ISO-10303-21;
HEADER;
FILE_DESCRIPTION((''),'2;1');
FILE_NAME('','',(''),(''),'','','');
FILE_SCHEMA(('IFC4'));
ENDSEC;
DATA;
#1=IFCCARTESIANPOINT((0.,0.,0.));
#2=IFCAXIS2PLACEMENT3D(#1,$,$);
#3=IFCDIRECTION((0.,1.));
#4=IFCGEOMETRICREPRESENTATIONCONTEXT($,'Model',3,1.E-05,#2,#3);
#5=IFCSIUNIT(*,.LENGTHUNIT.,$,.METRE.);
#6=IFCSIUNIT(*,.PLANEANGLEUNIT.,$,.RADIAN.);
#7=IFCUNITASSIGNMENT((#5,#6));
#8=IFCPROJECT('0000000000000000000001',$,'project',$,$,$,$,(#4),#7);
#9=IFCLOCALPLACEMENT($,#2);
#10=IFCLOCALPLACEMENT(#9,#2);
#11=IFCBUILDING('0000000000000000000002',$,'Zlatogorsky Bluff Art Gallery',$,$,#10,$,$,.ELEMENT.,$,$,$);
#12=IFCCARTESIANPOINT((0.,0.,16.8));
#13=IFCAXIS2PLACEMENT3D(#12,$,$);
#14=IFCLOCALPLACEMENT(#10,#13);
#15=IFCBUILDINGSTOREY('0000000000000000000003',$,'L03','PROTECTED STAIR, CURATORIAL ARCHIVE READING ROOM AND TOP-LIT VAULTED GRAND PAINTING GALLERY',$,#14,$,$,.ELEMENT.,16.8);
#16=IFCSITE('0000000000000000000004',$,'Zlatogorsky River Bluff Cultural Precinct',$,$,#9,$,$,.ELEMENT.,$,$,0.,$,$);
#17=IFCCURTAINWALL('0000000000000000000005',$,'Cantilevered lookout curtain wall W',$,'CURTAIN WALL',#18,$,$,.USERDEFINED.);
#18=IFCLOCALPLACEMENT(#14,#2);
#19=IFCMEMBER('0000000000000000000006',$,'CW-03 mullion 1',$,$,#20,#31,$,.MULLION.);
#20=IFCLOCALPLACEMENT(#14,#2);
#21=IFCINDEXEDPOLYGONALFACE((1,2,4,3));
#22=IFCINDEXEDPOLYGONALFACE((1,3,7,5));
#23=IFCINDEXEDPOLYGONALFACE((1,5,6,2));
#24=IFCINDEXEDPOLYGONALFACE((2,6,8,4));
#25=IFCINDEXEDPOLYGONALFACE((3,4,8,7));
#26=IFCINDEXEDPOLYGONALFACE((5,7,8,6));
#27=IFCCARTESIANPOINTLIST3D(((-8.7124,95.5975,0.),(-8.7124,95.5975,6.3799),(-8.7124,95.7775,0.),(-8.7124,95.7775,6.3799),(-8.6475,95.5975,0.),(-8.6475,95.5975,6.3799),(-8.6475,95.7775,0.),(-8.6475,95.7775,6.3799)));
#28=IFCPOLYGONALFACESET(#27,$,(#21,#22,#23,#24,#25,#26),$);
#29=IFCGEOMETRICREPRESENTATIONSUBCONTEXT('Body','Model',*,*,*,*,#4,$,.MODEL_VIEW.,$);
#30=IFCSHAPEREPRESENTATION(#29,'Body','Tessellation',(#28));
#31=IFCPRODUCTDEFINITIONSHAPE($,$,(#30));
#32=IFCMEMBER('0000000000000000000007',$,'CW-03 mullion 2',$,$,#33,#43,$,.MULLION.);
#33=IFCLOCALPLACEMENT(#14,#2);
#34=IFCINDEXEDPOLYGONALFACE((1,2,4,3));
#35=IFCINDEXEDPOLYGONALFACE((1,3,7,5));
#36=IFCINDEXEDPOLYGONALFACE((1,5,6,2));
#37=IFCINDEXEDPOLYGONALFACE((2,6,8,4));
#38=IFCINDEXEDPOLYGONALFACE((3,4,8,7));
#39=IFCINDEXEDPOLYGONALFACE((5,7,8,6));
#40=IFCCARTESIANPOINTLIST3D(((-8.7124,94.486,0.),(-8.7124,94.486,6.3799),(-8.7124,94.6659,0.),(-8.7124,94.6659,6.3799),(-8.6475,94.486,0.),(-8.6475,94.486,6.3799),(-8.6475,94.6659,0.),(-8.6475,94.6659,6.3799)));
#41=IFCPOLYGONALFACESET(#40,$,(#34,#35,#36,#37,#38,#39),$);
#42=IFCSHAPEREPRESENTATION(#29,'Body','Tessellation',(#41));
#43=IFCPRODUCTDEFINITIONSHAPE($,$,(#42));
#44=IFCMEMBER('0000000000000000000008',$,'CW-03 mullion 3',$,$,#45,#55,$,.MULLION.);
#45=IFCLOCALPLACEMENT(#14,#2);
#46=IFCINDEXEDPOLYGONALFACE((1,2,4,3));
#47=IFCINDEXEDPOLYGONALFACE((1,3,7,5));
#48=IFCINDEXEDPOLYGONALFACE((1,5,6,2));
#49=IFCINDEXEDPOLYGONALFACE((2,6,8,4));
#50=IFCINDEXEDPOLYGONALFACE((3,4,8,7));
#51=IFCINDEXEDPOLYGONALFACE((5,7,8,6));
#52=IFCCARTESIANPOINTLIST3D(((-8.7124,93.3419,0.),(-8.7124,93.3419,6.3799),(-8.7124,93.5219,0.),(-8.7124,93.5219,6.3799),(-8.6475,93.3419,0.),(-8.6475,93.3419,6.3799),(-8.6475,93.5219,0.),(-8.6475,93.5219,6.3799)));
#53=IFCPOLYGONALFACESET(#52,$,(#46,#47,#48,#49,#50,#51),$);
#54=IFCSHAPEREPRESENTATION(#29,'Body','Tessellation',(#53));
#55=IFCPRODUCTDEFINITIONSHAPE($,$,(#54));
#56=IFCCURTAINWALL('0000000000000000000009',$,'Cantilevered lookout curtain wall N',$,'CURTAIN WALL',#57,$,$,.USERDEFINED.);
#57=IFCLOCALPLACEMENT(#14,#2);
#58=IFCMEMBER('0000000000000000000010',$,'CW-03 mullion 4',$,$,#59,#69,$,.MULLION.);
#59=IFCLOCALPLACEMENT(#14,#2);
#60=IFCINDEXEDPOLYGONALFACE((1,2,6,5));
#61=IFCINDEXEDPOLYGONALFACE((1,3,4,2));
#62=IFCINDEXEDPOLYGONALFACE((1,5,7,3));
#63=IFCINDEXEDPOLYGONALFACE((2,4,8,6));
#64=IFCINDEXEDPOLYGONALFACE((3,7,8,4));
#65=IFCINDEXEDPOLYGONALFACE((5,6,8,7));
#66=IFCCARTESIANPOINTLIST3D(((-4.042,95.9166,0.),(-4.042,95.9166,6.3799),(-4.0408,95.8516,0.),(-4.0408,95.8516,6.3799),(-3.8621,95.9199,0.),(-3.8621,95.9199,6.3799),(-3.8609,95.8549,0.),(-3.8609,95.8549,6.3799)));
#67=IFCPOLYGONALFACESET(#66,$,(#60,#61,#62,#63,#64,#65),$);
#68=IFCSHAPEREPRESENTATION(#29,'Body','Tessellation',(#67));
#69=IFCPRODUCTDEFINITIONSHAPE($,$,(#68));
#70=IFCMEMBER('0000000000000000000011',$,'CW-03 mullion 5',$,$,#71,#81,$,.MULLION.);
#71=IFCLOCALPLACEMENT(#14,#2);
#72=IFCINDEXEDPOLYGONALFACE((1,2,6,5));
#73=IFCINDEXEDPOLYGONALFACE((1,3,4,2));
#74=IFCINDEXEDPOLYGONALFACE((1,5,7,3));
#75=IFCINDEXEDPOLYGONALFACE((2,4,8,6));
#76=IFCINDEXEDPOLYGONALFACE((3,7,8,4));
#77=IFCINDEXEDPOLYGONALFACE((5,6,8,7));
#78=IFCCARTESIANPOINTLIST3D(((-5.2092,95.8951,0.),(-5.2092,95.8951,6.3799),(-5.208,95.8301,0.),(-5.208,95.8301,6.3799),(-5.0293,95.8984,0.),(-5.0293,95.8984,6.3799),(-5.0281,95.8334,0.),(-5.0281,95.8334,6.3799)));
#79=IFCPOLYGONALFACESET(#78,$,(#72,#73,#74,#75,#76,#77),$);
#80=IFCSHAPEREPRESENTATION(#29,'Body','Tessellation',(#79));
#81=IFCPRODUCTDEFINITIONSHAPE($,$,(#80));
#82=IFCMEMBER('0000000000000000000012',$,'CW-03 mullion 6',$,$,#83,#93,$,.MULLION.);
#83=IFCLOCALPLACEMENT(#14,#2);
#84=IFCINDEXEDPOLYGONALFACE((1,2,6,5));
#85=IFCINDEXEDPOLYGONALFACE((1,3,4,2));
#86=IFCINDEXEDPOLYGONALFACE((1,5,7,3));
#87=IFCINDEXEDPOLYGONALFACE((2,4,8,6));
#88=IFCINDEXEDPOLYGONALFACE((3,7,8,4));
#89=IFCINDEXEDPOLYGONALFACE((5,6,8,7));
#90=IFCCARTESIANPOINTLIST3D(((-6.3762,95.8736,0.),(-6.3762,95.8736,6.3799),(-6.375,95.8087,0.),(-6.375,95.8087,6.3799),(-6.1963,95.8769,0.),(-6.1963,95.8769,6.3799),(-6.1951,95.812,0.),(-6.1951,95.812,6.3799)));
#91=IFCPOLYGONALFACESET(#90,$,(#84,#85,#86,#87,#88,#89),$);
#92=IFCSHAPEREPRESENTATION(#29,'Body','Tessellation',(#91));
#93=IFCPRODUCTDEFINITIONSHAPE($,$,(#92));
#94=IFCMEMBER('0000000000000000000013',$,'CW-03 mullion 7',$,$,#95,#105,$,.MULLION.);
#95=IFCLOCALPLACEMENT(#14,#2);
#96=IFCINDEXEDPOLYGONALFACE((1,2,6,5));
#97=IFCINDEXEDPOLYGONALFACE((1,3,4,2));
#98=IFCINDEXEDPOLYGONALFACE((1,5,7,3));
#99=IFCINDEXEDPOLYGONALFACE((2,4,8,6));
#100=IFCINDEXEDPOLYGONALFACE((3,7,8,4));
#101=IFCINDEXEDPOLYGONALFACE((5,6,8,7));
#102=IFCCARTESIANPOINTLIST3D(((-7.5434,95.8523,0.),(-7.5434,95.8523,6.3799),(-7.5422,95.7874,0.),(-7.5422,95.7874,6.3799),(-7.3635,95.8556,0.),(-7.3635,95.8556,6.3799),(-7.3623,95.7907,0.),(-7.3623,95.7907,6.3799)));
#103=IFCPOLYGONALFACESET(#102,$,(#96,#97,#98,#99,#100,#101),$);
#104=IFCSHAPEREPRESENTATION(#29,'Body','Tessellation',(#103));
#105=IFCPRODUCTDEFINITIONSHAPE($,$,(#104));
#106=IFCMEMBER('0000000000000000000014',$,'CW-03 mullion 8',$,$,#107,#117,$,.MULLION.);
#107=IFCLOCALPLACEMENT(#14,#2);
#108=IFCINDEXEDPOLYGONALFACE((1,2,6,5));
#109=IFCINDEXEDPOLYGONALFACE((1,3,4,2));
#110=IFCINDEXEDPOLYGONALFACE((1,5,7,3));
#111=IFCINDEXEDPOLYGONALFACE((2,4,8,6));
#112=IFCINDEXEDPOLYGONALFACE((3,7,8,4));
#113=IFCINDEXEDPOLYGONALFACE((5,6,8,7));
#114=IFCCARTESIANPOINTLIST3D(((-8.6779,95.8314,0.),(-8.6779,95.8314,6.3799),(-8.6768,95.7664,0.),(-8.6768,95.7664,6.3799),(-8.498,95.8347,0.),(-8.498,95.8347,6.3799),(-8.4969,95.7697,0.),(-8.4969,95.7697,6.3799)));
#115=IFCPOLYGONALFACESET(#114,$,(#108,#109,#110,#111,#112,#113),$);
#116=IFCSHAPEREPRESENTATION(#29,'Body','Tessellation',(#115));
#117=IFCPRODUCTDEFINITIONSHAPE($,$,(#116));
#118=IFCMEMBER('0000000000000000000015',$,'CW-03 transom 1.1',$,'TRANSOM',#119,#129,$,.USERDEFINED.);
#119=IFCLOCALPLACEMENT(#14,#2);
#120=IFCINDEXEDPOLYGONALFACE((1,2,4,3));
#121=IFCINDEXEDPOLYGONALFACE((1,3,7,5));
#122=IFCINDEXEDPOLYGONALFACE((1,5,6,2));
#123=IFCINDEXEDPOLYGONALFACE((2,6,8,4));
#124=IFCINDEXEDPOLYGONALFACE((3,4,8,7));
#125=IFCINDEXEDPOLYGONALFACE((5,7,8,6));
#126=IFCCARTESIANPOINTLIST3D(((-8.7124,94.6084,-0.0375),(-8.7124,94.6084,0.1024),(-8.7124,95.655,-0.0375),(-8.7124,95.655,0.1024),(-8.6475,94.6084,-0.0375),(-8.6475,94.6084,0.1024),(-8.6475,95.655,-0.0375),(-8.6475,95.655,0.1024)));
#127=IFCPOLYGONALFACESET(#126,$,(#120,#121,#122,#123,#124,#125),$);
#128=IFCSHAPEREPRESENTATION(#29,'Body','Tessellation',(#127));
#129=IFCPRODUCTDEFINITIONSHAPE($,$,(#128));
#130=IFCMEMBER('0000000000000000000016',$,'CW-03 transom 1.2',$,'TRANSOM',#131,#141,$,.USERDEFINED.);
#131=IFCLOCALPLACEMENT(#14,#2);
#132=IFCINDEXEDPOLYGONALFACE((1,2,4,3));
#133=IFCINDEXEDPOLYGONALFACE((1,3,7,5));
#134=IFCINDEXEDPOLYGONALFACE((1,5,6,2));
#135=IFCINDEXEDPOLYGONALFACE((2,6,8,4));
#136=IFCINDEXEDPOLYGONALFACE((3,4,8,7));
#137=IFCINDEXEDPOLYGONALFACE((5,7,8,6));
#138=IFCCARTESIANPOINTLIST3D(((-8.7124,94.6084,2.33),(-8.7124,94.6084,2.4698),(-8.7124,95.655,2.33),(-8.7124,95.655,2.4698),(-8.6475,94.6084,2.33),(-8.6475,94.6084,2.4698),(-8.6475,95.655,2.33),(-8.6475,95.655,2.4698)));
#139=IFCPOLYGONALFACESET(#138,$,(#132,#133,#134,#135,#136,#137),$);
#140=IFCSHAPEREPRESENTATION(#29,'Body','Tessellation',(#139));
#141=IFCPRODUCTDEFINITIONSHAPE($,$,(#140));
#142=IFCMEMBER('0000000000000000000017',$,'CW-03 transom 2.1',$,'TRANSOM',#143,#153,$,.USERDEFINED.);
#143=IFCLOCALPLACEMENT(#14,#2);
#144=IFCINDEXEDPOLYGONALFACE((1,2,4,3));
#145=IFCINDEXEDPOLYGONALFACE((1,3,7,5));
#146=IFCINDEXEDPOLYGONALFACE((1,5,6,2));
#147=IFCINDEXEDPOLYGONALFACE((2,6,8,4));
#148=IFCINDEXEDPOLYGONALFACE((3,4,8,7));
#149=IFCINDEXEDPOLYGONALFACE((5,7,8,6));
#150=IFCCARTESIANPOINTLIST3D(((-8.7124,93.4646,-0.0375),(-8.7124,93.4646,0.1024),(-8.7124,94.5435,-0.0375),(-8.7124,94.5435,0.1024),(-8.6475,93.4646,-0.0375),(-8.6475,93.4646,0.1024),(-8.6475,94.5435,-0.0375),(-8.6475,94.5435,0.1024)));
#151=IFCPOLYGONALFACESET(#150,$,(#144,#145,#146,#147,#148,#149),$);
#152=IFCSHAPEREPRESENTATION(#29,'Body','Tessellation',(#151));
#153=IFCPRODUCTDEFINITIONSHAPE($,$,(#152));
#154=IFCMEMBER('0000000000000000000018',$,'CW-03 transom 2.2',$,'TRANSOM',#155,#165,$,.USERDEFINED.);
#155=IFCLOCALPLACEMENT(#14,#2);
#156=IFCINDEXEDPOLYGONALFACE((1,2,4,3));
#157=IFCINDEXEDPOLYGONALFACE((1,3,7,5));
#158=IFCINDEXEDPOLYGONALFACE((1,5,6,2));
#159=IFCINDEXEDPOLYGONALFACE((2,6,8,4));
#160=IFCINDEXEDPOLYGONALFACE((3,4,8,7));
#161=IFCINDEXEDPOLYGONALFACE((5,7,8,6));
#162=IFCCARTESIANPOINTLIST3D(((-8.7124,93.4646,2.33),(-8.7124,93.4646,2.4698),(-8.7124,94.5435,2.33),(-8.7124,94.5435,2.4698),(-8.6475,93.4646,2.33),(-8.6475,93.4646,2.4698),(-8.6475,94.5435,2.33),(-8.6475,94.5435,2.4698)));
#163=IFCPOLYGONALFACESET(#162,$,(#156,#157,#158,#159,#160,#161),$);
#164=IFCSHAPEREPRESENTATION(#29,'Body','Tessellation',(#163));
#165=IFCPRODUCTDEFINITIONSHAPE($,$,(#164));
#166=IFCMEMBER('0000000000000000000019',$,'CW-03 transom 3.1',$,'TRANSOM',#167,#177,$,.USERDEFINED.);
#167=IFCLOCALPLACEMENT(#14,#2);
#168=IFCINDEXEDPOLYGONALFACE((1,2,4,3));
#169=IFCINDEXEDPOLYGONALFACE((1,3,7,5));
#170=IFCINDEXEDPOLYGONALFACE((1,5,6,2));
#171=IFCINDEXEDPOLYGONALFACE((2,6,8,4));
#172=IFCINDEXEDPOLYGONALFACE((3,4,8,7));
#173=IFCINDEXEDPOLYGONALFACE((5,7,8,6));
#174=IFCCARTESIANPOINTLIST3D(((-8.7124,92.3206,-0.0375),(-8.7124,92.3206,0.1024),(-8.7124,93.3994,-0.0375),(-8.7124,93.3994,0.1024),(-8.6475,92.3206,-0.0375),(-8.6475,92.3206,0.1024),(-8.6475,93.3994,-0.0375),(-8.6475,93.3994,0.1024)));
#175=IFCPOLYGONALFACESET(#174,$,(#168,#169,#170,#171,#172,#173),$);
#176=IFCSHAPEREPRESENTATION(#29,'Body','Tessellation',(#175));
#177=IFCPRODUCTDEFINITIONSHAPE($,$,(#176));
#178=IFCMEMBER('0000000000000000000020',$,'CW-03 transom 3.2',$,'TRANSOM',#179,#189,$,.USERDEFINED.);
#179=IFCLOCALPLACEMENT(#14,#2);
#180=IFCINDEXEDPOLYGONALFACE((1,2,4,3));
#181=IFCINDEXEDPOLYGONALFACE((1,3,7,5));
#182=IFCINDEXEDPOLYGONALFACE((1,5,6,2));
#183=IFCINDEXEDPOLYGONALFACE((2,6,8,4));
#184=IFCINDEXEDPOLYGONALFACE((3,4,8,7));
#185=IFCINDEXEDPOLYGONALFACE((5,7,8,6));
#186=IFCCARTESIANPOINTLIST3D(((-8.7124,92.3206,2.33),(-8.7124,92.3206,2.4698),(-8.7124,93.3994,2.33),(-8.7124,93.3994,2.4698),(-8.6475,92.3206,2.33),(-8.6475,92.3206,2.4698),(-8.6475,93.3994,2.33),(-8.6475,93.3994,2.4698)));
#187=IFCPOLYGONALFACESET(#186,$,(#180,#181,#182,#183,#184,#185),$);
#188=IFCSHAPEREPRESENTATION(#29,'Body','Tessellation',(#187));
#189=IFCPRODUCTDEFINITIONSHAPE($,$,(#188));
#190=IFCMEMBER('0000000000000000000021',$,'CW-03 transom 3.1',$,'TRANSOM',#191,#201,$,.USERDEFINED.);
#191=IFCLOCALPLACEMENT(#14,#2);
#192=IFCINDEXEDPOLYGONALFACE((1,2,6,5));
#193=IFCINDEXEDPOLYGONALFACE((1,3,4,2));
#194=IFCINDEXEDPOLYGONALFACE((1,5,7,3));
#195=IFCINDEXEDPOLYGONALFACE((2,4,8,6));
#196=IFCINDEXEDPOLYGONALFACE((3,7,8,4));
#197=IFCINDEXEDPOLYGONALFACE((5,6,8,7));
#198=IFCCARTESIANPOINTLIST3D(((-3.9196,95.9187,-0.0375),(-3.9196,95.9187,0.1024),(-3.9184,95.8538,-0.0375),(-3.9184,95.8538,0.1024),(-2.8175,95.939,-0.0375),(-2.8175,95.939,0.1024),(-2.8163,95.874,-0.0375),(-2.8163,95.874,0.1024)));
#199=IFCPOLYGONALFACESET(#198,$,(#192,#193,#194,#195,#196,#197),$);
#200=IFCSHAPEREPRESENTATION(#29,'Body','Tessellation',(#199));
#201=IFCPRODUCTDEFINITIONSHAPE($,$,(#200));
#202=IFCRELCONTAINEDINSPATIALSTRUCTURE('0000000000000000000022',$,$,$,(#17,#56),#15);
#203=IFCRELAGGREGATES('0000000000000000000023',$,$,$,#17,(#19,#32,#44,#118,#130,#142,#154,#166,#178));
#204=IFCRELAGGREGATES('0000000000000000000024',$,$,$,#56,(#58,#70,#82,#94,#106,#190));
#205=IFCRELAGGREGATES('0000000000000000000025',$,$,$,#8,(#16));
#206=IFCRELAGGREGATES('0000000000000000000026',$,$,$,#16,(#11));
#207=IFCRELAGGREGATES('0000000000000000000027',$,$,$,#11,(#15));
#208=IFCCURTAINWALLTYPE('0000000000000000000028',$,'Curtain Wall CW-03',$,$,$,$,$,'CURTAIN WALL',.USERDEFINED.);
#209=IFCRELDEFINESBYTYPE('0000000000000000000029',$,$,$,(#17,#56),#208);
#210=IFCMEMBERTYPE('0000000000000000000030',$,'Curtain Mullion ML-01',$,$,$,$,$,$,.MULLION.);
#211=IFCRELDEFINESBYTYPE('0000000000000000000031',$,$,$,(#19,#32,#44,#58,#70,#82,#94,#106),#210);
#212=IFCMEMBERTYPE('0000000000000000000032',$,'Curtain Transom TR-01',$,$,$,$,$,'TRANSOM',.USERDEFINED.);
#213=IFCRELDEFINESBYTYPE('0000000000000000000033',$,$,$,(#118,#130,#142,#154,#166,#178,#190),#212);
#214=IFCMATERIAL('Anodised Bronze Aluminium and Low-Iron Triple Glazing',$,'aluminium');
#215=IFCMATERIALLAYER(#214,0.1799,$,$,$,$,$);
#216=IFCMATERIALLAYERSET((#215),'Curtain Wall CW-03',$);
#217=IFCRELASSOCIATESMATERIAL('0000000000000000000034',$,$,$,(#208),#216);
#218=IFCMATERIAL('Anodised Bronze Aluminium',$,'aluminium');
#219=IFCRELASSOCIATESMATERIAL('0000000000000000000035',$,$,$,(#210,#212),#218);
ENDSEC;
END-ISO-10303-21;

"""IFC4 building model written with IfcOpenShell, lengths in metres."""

from ifc_helpers import new_model, si_unit, direction, frame, origin, origin_2d, place, context, subcontext, project, spatial, rectangle, extrude, material, layer, layer_set, material_profile, profile_set, type_object, element, aggregate, save


model = new_model("IFC4")

# Units and contexts
model_context = context("Model", 3, precision=1e-05, world=origin(), true_north=direction((0.0, 1.0)))
body_context = subcontext(model_context, "Body", "Model", "MODEL_VIEW")
ifc_project = project(units=[si_unit("LENGTHUNIT", "METRE"), si_unit("PLANEANGLEUNIT", "RADIAN")], contexts=[model_context])

# Site, building, storey
site_placement = place(None, origin())
site = spatial("IfcSite", under=ifc_project, at=site_placement, Name="Zlatogorsky River Bluff Cultural Precinct", CompositionType="ELEMENT", RefElevation=0.0)
building_placement = place(site_placement, origin())
building = spatial("IfcBuilding", under=site, at=building_placement, Name="Zlatogorsky Bluff Art Gallery", CompositionType="ELEMENT")
storey_placement = place(building_placement, frame((0.0, 0.0, 16.8)))
storey = spatial("IfcBuildingStorey", under=building, at=storey_placement, Name="L03", Description="PROTECTED STAIR, CURATORIAL ARCHIVE READING ROOM AND TOP-LIT VAULTED GRAND PAINTING GALLERY", CompositionType="ELEMENT", Elevation=16.8)

# Curtain walls, members
ifc_material_1 = material(Name="Anodised Bronze Aluminium and Low-Iron Triple Glazing", Category="aluminium")
ifc_layer_1 = layer(ifc_material_1, 0.1799)
ifc_layer_set_1 = layer_set([ifc_layer_1], Name="Curtain Wall CW-03")
curtain_wall_type = type_object("IfcCurtainWallType", Name="Curtain Wall CW-03", ElementType="CURTAIN WALL", PredefinedType="USERDEFINED", material=ifc_layer_set_1)
curtain_wall_1_placement = place(storey_placement, origin())
curtain_wall_1 = element("IfcCurtainWall", 1, at=curtain_wall_1_placement, inside=storey, type_object=curtain_wall_type, Name="Cantilevered lookout curtain wall W", ObjectType="CURTAIN WALL", PredefinedType="USERDEFINED")
ifc_material_2 = material(Name="Anodised Bronze Aluminium", Category="aluminium")
ifc_material_profile_1 = material_profile(ifc_material_2, rectangle(XDim=0.0649, YDim=0.1799, at=origin_2d()), Name="ALU MULLION 65x180")
ifc_profile_set_1 = profile_set([ifc_material_profile_1], Name="Anodised Bronze Aluminium")
member_type_1 = type_object("IfcMemberType", Name="Curtain Mullion ML-01", PredefinedType="MULLION", material=ifc_profile_set_1)
member_1_placement = place(storey_placement, frame((-8.6799, 95.6875, 0.0), z_axis=(0.0, 0.0, 1.0), x_axis=(1.0, 0.0, 0.0)))
member_1 = element("IfcMember", 2, at=member_1_placement, type_object=member_type_1, Name="CW-03 mullion 1", PredefinedType="MULLION", context=body_context, shape_type="SweptSolid", body=[
    extrude(rectangle(XDim=0.0649, YDim=0.1799, at=origin_2d()), origin(), (0.0, 0.0, 1.0), 6.3799),
])
member_2_placement = place(storey_placement, frame((-8.6799, 94.5759, 0.0), z_axis=(0.0, 0.0, 1.0), x_axis=(1.0, 0.0, 0.0)))
member_2 = element("IfcMember", 3, at=member_2_placement, type_object=member_type_1, Name="CW-03 mullion 2", PredefinedType="MULLION", context=body_context, shape_type="SweptSolid", body=[
    extrude(rectangle(XDim=0.0649, YDim=0.1799, at=origin_2d()), origin(), (0.0, 0.0, 1.0), 6.3799),
])
member_3_placement = place(storey_placement, frame((-8.6799, 93.4319, 0.0), z_axis=(0.0, 0.0, 1.0), x_axis=(1.0, 0.0, 0.0)))
member_3 = element("IfcMember", 4, at=member_3_placement, type_object=member_type_1, Name="CW-03 mullion 3", PredefinedType="MULLION", context=body_context, shape_type="SweptSolid", body=[
    extrude(rectangle(XDim=0.0649, YDim=0.1799, at=origin_2d()), origin(), (0.0, 0.0, 1.0), 6.3799),
])
curtain_wall_2_placement = place(storey_placement, origin())
curtain_wall_2 = element("IfcCurtainWall", 5, at=curtain_wall_2_placement, inside=storey, type_object=curtain_wall_type, Name="Cantilevered lookout curtain wall N", ObjectType="CURTAIN WALL", PredefinedType="USERDEFINED")
member_4_placement = place(storey_placement, frame((-3.9514, 95.8857, 0.0), z_axis=(0.0, 0.0, 1.0), x_axis=(0.018357, -0.999832, 0.0)))
member_4 = element("IfcMember", 6, at=member_4_placement, type_object=member_type_1, Name="CW-03 mullion 4", PredefinedType="MULLION", context=body_context, shape_type="SweptSolid", body=[
    extrude(rectangle(XDim=0.0649, YDim=0.1799, at=origin_2d()), origin(), (0.0, 0.0, 1.0), 6.3799),
])
member_5_placement = place(storey_placement, frame((-5.1187, 95.8643, 0.0), z_axis=(0.0, 0.0, 1.0), x_axis=(0.018357, -0.999832, 0.0)))
member_5 = element("IfcMember", 7, at=member_5_placement, type_object=member_type_1, Name="CW-03 mullion 5", PredefinedType="MULLION", context=body_context, shape_type="SweptSolid", body=[
    extrude(rectangle(XDim=0.0649, YDim=0.1799, at=origin_2d()), origin(), (0.0, 0.0, 1.0), 6.3799),
])
member_6_placement = place(storey_placement, frame((-6.2856, 95.8428, 0.0), z_axis=(0.0, 0.0, 1.0), x_axis=(0.018357, -0.999832, 0.0)))
member_6 = element("IfcMember", 8, at=member_6_placement, type_object=member_type_1, Name="CW-03 mullion 6", PredefinedType="MULLION", context=body_context, shape_type="SweptSolid", body=[
    extrude(rectangle(XDim=0.0649, YDim=0.1799, at=origin_2d()), origin(), (0.0, 0.0, 1.0), 6.3799),
])
member_7_placement = place(storey_placement, frame((-7.4529, 95.8215, 0.0), z_axis=(0.0, 0.0, 1.0), x_axis=(0.018357, -0.999832, 0.0)))
member_7 = element("IfcMember", 9, at=member_7_placement, type_object=member_type_1, Name="CW-03 mullion 7", PredefinedType="MULLION", context=body_context, shape_type="SweptSolid", body=[
    extrude(rectangle(XDim=0.0649, YDim=0.1799, at=origin_2d()), origin(), (0.0, 0.0, 1.0), 6.3799),
])
member_8_placement = place(storey_placement, frame((-8.5874, 95.8005, 0.0), z_axis=(0.0, 0.0, 1.0), x_axis=(0.018357, -0.999832, 0.0)))
member_8 = element("IfcMember", 10, at=member_8_placement, type_object=member_type_1, Name="CW-03 mullion 8", PredefinedType="MULLION", context=body_context, shape_type="SweptSolid", body=[
    extrude(rectangle(XDim=0.0649, YDim=0.1799, at=origin_2d()), origin(), (0.0, 0.0, 1.0), 6.3799),
])

# Members
ifc_material_profile_2 = material_profile(ifc_material_2, rectangle(XDim=0.0649, YDim=0.1399, at=origin_2d()), Name="ALU TRANSOM 65x140")
ifc_profile_set_2 = profile_set([ifc_material_profile_2], Name="Anodised Bronze Aluminium")
member_type_2 = type_object("IfcMemberType", Name="Curtain Transom TR-01", ElementType="TRANSOM", PredefinedType="USERDEFINED", material=ifc_profile_set_2)
member_9_placement = place(storey_placement, frame((-8.6799, 95.655, 0.0325), z_axis=(0.0, -1.0, 0.0), x_axis=(1.0, 0.0, 0.0)))
member_9 = element("IfcMember", 11, at=member_9_placement, type_object=member_type_2, Name="CW-03 transom 1.1", ObjectType="TRANSOM", PredefinedType="USERDEFINED", context=body_context, shape_type="SweptSolid", body=[
    extrude(rectangle(XDim=0.0649, YDim=0.1399, at=origin_2d()), origin(), (0.0, 0.0, 1.0), 1.0466),
])
member_10_placement = place(storey_placement, frame((-8.6799, 95.655, 2.3999), z_axis=(0.0, -1.0, 0.0), x_axis=(1.0, 0.0, 0.0)))
member_10 = element("IfcMember", 12, at=member_10_placement, type_object=member_type_2, Name="CW-03 transom 1.2", ObjectType="TRANSOM", PredefinedType="USERDEFINED", context=body_context, shape_type="SweptSolid", body=[
    extrude(rectangle(XDim=0.0649, YDim=0.1399, at=origin_2d()), origin(), (0.0, 0.0, 1.0), 1.0466),
])
member_11_placement = place(storey_placement, frame((-8.6799, 94.5435, 0.0325), z_axis=(0.0, -1.0, 0.0), x_axis=(1.0, 0.0, 0.0)))
member_11 = element("IfcMember", 13, at=member_11_placement, type_object=member_type_2, Name="CW-03 transom 2.1", ObjectType="TRANSOM", PredefinedType="USERDEFINED", context=body_context, shape_type="SweptSolid", body=[
    extrude(rectangle(XDim=0.0649, YDim=0.1399, at=origin_2d()), origin(), (0.0, 0.0, 1.0), 1.0789),
])
member_12_placement = place(storey_placement, frame((-8.6799, 94.5435, 2.3999), z_axis=(0.0, -1.0, 0.0), x_axis=(1.0, 0.0, 0.0)))
member_12 = element("IfcMember", 14, at=member_12_placement, type_object=member_type_2, Name="CW-03 transom 2.2", ObjectType="TRANSOM", PredefinedType="USERDEFINED", context=body_context, shape_type="SweptSolid", body=[
    extrude(rectangle(XDim=0.0649, YDim=0.1399, at=origin_2d()), origin(), (0.0, 0.0, 1.0), 1.0789),
])
member_13_placement = place(storey_placement, frame((-8.6799, 93.3994, 0.0325), z_axis=(0.0, -1.0, 0.0), x_axis=(1.0, 0.0, 0.0)))
member_13 = element("IfcMember", 15, at=member_13_placement, type_object=member_type_2, Name="CW-03 transom 3.1", ObjectType="TRANSOM", PredefinedType="USERDEFINED", context=body_context, shape_type="SweptSolid", body=[
    extrude(rectangle(XDim=0.0649, YDim=0.1399, at=origin_2d()), origin(), (0.0, 0.0, 1.0), 1.0789),
])
member_14_placement = place(storey_placement, frame((-8.6799, 93.3994, 2.3999), z_axis=(0.0, -1.0, 0.0), x_axis=(1.0, 0.0, 0.0)))
member_14 = element("IfcMember", 16, at=member_14_placement, type_object=member_type_2, Name="CW-03 transom 3.2", ObjectType="TRANSOM", PredefinedType="USERDEFINED", context=body_context, shape_type="SweptSolid", body=[
    extrude(rectangle(XDim=0.0649, YDim=0.1399, at=origin_2d()), origin(), (0.0, 0.0, 1.0), 1.0789),
])
member_15_placement = place(storey_placement, frame((-2.8169, 95.9065, 0.0325), z_axis=(-0.999831, -0.018384, 0.0), x_axis=(0.018384, -0.999831, 0.0)))
member_15 = element("IfcMember", 17, at=member_15_placement, type_object=member_type_2, Name="CW-03 transom 3.1", ObjectType="TRANSOM", PredefinedType="USERDEFINED", context=body_context, shape_type="SweptSolid", body=[
    extrude(rectangle(XDim=0.0649, YDim=0.1399, at=origin_2d()), origin(), (0.0, 0.0, 1.0), 1.1023),
])

aggregate(curtain_wall_1, [member_1, member_2, member_3, member_9, member_10, member_11, member_12, member_13, member_14])
aggregate(curtain_wall_2, [member_4, member_5, member_6, member_7, member_8, member_15])

save(model, "model.ifc")
